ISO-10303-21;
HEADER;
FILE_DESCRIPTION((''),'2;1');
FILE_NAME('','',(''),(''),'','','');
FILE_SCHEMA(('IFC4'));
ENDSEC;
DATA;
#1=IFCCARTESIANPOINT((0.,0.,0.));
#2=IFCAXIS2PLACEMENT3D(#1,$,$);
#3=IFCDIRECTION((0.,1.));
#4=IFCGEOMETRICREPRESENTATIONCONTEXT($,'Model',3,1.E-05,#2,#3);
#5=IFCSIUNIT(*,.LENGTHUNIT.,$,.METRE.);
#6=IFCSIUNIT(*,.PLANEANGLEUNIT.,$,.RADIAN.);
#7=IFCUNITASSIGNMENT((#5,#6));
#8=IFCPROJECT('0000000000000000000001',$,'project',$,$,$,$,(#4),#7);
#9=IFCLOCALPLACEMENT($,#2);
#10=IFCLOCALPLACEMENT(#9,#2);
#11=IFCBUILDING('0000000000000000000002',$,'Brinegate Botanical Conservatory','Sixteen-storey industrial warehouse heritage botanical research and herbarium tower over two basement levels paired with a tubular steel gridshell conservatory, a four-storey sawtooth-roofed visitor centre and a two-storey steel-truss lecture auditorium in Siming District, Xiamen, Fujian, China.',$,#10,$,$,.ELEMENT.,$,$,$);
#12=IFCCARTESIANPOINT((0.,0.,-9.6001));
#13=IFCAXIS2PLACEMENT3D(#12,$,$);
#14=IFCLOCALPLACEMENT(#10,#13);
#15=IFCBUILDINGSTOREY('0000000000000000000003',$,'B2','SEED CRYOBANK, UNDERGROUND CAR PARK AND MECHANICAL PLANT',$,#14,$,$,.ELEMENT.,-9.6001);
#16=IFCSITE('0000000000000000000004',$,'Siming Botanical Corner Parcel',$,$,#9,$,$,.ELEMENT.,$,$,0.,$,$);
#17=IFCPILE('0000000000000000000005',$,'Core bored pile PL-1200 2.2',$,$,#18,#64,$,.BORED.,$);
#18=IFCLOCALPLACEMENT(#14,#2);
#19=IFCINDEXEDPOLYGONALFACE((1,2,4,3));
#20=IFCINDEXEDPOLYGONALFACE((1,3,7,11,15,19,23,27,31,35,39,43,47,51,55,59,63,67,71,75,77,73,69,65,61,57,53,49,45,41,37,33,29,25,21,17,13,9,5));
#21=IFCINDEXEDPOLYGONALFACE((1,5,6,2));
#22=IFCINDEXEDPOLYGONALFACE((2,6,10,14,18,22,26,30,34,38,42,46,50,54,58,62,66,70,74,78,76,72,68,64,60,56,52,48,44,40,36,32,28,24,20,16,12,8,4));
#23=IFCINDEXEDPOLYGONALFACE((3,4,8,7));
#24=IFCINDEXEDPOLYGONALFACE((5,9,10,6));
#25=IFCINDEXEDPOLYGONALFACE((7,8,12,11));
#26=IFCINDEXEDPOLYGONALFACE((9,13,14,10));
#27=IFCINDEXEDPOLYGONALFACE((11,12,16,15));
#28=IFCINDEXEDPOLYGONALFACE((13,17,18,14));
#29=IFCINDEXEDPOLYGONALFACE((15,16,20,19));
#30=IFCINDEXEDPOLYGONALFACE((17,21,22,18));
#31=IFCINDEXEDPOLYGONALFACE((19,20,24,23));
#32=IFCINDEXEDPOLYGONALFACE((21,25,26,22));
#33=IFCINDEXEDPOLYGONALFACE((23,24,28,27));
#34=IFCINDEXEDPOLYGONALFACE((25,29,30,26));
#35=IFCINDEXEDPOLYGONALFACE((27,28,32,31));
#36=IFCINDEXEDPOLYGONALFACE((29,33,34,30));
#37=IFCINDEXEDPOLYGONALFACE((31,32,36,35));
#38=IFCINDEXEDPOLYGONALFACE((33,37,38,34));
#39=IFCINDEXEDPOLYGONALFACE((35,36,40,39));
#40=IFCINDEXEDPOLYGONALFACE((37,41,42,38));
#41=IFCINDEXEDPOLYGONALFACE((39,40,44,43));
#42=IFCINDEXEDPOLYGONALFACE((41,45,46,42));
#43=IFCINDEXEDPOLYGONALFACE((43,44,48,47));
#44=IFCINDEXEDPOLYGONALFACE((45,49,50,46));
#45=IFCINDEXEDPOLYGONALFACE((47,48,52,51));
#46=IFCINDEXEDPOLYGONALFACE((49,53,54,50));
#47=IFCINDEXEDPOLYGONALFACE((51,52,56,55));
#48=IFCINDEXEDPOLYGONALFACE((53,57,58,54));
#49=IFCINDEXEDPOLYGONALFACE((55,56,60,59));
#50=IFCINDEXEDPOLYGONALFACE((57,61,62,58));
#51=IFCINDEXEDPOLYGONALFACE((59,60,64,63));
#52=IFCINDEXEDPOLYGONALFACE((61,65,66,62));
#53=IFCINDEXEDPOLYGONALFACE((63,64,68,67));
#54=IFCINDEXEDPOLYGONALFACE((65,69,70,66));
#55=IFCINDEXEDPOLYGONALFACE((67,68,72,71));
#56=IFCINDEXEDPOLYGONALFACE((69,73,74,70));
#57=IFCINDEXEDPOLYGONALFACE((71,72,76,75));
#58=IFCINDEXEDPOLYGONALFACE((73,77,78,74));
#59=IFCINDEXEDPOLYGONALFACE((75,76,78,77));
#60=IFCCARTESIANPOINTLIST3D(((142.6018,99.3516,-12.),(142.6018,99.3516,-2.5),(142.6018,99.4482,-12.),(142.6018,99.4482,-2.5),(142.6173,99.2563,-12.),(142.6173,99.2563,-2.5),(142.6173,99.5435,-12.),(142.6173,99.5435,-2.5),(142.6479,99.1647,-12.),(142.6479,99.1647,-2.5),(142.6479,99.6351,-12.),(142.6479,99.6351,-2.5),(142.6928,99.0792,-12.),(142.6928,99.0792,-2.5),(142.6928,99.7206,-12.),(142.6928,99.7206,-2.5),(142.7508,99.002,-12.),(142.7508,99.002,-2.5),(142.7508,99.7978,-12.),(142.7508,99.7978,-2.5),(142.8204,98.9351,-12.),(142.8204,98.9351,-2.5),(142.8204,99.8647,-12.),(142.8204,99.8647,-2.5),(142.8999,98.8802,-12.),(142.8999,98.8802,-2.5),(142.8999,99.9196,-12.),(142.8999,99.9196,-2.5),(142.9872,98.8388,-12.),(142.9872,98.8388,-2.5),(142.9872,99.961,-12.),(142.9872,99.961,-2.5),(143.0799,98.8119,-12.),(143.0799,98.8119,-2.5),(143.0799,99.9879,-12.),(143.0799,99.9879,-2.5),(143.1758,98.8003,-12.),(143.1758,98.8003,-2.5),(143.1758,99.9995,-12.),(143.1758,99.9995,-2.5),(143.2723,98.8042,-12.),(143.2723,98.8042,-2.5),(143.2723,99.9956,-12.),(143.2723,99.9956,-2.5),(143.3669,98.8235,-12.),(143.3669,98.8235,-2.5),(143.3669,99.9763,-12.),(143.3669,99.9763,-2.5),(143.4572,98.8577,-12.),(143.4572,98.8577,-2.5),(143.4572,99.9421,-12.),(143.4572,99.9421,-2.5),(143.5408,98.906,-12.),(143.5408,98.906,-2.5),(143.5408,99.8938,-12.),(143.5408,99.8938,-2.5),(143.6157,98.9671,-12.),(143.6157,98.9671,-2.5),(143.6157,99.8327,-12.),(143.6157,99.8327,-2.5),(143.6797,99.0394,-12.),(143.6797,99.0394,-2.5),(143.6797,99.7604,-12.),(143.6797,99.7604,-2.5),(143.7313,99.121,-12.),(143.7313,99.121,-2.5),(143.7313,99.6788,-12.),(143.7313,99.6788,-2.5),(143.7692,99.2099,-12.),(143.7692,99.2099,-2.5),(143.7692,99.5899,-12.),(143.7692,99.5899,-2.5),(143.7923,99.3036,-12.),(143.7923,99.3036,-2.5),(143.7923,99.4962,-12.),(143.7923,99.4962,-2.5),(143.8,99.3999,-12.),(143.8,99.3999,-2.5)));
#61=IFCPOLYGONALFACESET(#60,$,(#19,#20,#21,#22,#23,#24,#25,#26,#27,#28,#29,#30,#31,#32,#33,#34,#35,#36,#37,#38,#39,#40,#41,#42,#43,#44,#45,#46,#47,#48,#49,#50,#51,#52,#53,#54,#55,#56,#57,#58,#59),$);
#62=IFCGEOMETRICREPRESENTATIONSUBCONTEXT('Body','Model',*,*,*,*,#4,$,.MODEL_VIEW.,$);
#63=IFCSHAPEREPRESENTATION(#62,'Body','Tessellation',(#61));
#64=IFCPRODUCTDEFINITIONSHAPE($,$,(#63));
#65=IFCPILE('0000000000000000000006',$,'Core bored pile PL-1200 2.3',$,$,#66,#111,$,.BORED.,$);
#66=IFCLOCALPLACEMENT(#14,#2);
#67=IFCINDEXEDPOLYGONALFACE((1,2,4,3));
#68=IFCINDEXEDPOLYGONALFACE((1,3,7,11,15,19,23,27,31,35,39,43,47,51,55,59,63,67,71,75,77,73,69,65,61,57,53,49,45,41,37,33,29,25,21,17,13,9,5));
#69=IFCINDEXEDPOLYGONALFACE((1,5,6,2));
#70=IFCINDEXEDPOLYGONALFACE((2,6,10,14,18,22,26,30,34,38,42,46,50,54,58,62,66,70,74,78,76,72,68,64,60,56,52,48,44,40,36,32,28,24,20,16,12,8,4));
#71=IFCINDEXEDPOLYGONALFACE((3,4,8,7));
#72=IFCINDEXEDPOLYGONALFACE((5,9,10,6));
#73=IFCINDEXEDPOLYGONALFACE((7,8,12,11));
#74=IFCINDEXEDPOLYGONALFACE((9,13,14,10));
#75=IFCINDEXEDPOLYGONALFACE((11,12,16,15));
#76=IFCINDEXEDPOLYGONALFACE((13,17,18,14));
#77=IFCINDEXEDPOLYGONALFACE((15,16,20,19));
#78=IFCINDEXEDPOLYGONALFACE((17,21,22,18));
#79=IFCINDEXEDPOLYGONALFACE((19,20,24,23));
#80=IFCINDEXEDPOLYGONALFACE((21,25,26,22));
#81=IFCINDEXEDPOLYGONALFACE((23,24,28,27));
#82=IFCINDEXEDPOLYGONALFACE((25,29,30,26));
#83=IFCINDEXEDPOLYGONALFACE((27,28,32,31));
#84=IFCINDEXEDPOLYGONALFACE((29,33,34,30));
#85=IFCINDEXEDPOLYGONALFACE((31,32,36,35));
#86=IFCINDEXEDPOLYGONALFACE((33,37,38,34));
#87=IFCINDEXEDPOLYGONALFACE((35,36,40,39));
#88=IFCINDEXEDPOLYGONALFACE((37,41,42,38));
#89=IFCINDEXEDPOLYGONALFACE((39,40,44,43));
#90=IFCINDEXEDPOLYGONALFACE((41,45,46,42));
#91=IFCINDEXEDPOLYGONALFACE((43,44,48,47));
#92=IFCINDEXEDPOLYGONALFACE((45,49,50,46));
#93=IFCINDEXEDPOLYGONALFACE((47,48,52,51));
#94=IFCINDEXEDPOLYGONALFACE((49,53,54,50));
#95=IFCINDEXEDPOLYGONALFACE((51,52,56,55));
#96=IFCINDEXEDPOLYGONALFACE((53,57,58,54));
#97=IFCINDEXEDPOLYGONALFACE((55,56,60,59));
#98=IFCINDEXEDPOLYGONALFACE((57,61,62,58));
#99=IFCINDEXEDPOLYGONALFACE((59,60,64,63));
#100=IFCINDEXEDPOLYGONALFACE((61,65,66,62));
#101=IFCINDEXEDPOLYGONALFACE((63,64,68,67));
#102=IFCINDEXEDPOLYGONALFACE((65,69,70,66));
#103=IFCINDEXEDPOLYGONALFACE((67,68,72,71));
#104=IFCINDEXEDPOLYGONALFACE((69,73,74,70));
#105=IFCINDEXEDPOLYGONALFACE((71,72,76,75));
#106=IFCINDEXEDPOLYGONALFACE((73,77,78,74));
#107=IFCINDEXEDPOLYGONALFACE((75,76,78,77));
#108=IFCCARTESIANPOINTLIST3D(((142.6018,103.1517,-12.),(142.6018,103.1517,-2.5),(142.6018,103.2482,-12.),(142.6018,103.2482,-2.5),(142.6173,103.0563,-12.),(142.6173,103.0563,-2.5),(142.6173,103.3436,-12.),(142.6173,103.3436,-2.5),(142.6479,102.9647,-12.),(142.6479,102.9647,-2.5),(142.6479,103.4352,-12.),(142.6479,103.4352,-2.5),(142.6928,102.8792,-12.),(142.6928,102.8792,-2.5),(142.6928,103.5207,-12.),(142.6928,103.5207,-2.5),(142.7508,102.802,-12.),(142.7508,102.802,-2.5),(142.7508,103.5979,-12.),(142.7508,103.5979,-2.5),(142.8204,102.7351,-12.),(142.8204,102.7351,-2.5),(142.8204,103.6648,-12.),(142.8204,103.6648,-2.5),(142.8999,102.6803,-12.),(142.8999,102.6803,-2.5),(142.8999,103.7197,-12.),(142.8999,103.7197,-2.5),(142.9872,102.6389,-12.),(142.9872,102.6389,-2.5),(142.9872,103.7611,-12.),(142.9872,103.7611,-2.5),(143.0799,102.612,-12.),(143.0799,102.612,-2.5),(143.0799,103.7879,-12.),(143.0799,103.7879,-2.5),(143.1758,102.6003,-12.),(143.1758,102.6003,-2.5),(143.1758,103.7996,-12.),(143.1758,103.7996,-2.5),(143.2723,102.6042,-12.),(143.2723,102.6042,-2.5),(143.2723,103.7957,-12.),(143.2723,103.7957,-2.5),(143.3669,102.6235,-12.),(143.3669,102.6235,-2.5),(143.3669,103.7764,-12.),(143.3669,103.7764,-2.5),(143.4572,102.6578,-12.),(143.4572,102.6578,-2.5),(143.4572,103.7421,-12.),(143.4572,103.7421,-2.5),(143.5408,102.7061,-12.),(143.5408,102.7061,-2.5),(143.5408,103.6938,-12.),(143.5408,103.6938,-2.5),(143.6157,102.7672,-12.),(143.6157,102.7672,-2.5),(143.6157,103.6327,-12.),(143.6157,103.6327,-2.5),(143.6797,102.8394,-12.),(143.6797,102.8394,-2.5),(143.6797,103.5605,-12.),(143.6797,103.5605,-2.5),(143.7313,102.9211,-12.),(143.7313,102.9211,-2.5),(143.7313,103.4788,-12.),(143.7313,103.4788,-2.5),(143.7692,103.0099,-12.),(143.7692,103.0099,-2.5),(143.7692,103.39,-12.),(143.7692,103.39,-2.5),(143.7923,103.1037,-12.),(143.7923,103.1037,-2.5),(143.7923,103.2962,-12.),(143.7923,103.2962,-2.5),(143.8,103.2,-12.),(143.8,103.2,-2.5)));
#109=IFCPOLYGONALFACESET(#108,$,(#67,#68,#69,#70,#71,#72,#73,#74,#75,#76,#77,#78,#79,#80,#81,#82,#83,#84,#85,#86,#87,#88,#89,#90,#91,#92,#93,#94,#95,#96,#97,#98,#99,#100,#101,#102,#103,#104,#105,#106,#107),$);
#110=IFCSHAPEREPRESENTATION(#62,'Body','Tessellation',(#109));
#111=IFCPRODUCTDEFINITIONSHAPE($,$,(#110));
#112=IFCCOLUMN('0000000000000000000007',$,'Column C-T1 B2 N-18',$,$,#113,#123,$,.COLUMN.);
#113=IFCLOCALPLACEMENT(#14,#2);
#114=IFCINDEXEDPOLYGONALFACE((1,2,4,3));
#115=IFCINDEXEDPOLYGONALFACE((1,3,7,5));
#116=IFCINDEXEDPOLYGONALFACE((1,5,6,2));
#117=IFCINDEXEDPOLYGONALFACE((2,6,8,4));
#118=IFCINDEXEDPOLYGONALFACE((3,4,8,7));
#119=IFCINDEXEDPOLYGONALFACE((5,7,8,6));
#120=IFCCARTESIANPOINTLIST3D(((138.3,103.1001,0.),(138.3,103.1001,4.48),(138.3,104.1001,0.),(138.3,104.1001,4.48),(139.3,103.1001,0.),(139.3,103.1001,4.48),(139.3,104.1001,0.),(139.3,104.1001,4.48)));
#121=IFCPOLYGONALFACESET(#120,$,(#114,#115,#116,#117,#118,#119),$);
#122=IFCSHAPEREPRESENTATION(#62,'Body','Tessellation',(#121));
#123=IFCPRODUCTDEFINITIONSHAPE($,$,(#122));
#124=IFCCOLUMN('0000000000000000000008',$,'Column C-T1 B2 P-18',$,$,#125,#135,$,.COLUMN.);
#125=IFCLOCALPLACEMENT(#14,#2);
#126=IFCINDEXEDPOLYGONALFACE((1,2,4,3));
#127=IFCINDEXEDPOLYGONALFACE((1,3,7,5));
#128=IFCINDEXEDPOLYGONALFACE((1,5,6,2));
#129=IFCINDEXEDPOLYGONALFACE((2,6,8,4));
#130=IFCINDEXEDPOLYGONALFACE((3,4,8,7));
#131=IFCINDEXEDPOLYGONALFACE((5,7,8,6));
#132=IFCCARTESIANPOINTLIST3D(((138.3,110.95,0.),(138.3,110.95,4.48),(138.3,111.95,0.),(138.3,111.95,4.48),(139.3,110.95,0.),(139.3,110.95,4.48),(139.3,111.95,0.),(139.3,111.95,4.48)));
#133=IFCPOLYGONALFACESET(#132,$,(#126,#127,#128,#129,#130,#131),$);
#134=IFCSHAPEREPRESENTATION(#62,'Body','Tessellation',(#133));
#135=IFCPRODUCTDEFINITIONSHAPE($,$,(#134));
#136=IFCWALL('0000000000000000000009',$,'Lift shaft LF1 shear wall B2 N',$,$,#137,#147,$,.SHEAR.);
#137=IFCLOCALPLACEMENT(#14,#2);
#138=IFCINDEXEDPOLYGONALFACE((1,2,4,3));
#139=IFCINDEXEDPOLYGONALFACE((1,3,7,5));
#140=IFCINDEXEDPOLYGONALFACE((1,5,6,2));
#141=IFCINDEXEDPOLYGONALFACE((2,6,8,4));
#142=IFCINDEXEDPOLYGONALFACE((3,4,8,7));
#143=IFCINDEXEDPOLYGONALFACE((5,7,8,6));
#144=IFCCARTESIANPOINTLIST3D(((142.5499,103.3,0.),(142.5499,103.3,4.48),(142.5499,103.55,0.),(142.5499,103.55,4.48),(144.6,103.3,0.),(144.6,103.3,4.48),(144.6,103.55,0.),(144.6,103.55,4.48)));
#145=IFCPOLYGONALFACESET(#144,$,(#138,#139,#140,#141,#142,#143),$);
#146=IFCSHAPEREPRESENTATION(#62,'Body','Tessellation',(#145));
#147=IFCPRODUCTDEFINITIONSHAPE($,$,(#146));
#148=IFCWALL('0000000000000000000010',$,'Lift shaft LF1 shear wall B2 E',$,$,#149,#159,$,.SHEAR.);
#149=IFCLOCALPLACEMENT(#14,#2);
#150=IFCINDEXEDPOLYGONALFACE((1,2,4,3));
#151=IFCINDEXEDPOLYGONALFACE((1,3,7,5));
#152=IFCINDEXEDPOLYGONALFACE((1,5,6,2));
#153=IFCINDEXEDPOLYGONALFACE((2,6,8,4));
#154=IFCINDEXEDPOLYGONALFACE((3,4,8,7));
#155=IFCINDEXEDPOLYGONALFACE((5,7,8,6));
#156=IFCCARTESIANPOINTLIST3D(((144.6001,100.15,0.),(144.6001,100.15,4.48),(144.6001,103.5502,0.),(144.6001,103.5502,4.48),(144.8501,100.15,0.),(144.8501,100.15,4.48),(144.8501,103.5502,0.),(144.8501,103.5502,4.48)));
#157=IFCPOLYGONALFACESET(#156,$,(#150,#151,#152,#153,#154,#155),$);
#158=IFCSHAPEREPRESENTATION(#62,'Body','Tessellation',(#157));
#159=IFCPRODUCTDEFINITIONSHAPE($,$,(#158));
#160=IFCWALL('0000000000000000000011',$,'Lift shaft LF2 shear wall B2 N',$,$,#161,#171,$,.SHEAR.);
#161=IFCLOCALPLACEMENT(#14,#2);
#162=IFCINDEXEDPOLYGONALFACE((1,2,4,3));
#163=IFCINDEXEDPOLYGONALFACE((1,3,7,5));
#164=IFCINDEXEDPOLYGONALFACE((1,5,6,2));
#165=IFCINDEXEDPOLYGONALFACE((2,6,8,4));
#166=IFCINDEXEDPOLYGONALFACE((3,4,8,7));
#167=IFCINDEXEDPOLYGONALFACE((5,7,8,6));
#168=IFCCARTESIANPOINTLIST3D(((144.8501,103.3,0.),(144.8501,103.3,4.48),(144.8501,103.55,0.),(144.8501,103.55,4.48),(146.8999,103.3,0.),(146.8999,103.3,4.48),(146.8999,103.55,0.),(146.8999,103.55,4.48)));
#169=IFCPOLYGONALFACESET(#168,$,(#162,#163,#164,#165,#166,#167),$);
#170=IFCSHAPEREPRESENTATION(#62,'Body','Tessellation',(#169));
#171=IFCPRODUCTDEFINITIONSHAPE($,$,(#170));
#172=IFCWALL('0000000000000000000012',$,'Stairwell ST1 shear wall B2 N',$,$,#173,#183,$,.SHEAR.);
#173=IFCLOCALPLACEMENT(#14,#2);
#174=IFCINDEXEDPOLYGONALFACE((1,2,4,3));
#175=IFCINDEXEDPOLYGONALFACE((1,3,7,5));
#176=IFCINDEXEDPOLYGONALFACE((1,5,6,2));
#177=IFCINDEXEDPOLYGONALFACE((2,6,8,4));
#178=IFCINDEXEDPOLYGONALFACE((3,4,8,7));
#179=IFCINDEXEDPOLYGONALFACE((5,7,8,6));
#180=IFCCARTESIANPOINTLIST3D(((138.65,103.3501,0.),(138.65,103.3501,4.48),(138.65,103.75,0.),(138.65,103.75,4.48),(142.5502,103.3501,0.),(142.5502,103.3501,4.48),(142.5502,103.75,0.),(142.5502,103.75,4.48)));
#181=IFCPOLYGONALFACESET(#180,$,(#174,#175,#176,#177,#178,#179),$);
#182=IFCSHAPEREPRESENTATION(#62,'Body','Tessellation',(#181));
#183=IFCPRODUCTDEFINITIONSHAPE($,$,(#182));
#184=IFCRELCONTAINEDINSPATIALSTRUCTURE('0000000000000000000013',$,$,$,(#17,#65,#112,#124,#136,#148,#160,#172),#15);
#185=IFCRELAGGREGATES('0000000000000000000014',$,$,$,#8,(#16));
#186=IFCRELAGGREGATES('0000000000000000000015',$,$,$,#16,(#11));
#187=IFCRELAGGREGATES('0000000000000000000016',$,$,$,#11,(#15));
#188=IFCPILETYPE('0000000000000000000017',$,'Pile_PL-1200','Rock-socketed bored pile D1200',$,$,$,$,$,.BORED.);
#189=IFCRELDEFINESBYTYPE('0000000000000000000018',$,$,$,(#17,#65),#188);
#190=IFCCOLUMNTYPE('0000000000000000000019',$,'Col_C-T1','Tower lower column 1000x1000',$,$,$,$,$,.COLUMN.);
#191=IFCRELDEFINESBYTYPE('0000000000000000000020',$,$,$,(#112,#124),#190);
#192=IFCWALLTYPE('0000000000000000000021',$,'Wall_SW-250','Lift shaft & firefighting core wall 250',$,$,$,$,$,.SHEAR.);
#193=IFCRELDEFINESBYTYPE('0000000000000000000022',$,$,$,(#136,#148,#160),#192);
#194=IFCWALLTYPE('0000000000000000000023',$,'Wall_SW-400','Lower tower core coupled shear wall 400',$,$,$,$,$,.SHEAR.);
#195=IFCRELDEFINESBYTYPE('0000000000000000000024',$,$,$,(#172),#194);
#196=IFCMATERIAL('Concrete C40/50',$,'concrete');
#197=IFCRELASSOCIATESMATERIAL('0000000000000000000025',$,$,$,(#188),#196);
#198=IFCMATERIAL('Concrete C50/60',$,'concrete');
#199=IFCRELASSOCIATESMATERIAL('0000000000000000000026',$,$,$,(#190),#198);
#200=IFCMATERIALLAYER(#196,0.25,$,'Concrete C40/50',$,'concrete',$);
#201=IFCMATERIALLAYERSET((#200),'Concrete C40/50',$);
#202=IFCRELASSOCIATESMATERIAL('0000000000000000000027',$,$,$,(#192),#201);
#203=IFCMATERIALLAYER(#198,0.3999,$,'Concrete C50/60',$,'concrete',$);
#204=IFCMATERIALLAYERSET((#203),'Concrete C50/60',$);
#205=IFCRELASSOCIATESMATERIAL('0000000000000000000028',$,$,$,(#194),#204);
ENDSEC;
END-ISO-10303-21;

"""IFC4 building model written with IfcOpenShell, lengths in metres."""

from ifc_helpers import new_model, si_unit, direction, frame, frame_2d, origin, origin_2d, place, context, subcontext, project, spatial, rectangle, circle, extrude, material, layer, layer_set, material_profile, profile_set, type_object, element, save


model = new_model("IFC4")

# Units and contexts
model_context = context("Model", 3, precision=1e-05, world=origin(), true_north=direction((0.0, 1.0)))
body_context = subcontext(model_context, "Body", "Model", "MODEL_VIEW")
ifc_project = project(units=[si_unit("LENGTHUNIT", "METRE"), si_unit("PLANEANGLEUNIT", "RADIAN")], contexts=[model_context])

# Site, building, storey
site_placement = place(None, origin())
site = spatial("IfcSite", under=ifc_project, at=site_placement, Name="Siming Botanical Corner Parcel", CompositionType="ELEMENT", RefElevation=0.0)
building_placement = place(site_placement, origin())
building = spatial("IfcBuilding", under=site, at=building_placement, Name="Brinegate Botanical Conservatory", Description="Sixteen-storey industrial warehouse heritage botanical research and herbarium tower over two basement levels paired with a tubular steel gridshell conservatory, a four-storey sawtooth-roofed visitor centre and a two-storey steel-truss lecture auditorium in Siming District, Xiamen, Fujian, China.", CompositionType="ELEMENT")
storey_placement = place(building_placement, frame((0.0, 0.0, -9.6001)))
storey = spatial("IfcBuildingStorey", under=building, at=storey_placement, Name="B2", Description="SEED CRYOBANK, UNDERGROUND CAR PARK AND MECHANICAL PLANT", CompositionType="ELEMENT", Elevation=-9.6001)

# Shared definitions
ifc_material_1 = material(Name="Concrete C40/50", Category="concrete")

# Piles
ifc_material_profile_1 = material_profile(ifc_material_1, circle(Radius=0.6001, at=origin_2d()), Name="PILE D1200")
ifc_profile_set_1 = profile_set([ifc_material_profile_1], Name="Concrete C40/50")
pile_type_1 = type_object("IfcPileType", Name="Pile_PL-1200", Description="Rock-socketed bored pile D1200", PredefinedType="BORED", material=ifc_profile_set_1)
for number, where, z_axis, x_axis, name in (
    (1, (143.2, 99.3999, -2.5), (0.0, 0.0, -1.0), (1.0, 0.0, 0.0), "Core bored pile PL-1200 2.2"),
    (2, (143.2, 103.2, -2.5), (0.0, 0.0, -1.0), (1.0, 0.0, 0.0), "Core bored pile PL-1200 2.3"),
):
    element("IfcPile", number, at=place(storey_placement, frame(where, z_axis=z_axis, x_axis=x_axis)), inside=storey, type_object=pile_type_1, Name=name, PredefinedType="BORED", context=body_context, shape_type="SweptSolid", body=[
        extrude(circle(Radius=0.6001, at=origin_2d()), origin(), (0.0, 0.0, 1.0), 9.5),
    ])

# Columns
ifc_material_2 = material(Name="Concrete C50/60", Category="concrete")
ifc_material_profile_2 = material_profile(ifc_material_2, rectangle(XDim=1.0, YDim=1.0, at=origin_2d()), Name="RC COL 1000x1000")
ifc_profile_set_2 = profile_set([ifc_material_profile_2], Name="Concrete C50/60")
column_type = type_object("IfcColumnType", Name="Col_C-T1", Description="Tower lower column 1000x1000", PredefinedType="COLUMN", material=ifc_profile_set_2)
for number, where, z_axis, x_axis, name in (
    (3, (138.8, 103.6001, 0.0), (0.0, 0.0, 1.0), (1.0, 0.0, 0.0), "Column C-T1 B2 N-18"),
    (4, (138.8, 111.45, 0.0), (0.0, 0.0, 1.0), (1.0, 0.0, 0.0), "Column C-T1 B2 P-18"),
):
    element("IfcColumn", number, at=place(storey_placement, frame(where, z_axis=z_axis, x_axis=x_axis)), inside=storey, type_object=column_type, Name=name, PredefinedType="COLUMN", context=body_context, shape_type="SweptSolid", body=[
        extrude(rectangle(XDim=1.0, YDim=1.0, at=origin_2d()), origin(), (0.0, 0.0, 1.0), 4.48),
    ])

# Shared definitions
ifc_layer_1 = layer(ifc_material_1, 0.25, Name="Concrete C40/50", Category="concrete")
ifc_layer_set_1 = layer_set([ifc_layer_1], Name="Concrete C40/50")
wall_type_1 = type_object("IfcWallType", Name="Wall_SW-250", Description="Lift shaft & firefighting core wall 250", PredefinedType="SHEAR", material=ifc_layer_set_1)

# Walls
wall_1_placement = place(storey_placement, frame((142.55, 103.425, 0.0), z_axis=(0.0, 0.0, 1.0), x_axis=(1.0, 0.0, 0.0)))
element("IfcWall", 5, at=wall_1_placement, inside=storey, type_object=wall_type_1, Name="Lift shaft LF1 shear wall B2 N", PredefinedType="SHEAR", context=body_context, shape_type="SweptSolid", body=[
    extrude(rectangle(XDim=2.05, YDim=0.25, at=frame_2d((1.0249, 0.0))), origin(), (0.0, 0.0, 1.0), 4.48),
])
wall_2_placement = place(storey_placement, frame((144.7251, 100.1499, 0.0), z_axis=(0.0, 0.0, 1.0), x_axis=(0.0, 1.0, 0.0)))
element("IfcWall", 6, at=wall_2_placement, inside=storey, type_object=wall_type_1, Name="Lift shaft LF1 shear wall B2 E", PredefinedType="SHEAR", context=body_context, shape_type="SweptSolid", body=[
    extrude(rectangle(XDim=3.4001, YDim=0.25, at=frame_2d((1.7002, 0.0))), origin(), (0.0, 0.0, 1.0), 4.48),
])

# Walls
wall_3_placement = place(storey_placement, frame((144.8501, 103.425, 0.0), z_axis=(0.0, 0.0, 1.0), x_axis=(1.0, 0.0, 0.0)))
element("IfcWall", 7, at=wall_3_placement, inside=storey, type_object=wall_type_1, Name="Lift shaft LF2 shear wall B2 N", PredefinedType="SHEAR", context=body_context, shape_type="SweptSolid", body=[
    extrude(rectangle(XDim=2.0498, YDim=0.25, at=frame_2d((1.0249, 0.0))), origin(), (0.0, 0.0, 1.0), 4.48),
])
ifc_layer_2 = layer(ifc_material_2, 0.3999, Name="Concrete C50/60", Category="concrete")
ifc_layer_set_2 = layer_set([ifc_layer_2], Name="Concrete C50/60")
wall_type_2 = type_object("IfcWallType", Name="Wall_SW-400", Description="Lower tower core coupled shear wall 400", PredefinedType="SHEAR", material=ifc_layer_set_2)
wall_4_placement = place(storey_placement, frame((138.6499, 103.55, 0.0), z_axis=(0.0, 0.0, 1.0), x_axis=(1.0, 0.0, 0.0)))
element("IfcWall", 8, at=wall_4_placement, inside=storey, type_object=wall_type_2, Name="Stairwell ST1 shear wall B2 N", PredefinedType="SHEAR", context=body_context, shape_type="SweptSolid", body=[
    extrude(rectangle(XDim=3.9001, YDim=0.3999, at=frame_2d((1.9502, 0.0))), origin(), (0.0, 0.0, 1.0), 4.48),
])

save(model, "model.ifc")
